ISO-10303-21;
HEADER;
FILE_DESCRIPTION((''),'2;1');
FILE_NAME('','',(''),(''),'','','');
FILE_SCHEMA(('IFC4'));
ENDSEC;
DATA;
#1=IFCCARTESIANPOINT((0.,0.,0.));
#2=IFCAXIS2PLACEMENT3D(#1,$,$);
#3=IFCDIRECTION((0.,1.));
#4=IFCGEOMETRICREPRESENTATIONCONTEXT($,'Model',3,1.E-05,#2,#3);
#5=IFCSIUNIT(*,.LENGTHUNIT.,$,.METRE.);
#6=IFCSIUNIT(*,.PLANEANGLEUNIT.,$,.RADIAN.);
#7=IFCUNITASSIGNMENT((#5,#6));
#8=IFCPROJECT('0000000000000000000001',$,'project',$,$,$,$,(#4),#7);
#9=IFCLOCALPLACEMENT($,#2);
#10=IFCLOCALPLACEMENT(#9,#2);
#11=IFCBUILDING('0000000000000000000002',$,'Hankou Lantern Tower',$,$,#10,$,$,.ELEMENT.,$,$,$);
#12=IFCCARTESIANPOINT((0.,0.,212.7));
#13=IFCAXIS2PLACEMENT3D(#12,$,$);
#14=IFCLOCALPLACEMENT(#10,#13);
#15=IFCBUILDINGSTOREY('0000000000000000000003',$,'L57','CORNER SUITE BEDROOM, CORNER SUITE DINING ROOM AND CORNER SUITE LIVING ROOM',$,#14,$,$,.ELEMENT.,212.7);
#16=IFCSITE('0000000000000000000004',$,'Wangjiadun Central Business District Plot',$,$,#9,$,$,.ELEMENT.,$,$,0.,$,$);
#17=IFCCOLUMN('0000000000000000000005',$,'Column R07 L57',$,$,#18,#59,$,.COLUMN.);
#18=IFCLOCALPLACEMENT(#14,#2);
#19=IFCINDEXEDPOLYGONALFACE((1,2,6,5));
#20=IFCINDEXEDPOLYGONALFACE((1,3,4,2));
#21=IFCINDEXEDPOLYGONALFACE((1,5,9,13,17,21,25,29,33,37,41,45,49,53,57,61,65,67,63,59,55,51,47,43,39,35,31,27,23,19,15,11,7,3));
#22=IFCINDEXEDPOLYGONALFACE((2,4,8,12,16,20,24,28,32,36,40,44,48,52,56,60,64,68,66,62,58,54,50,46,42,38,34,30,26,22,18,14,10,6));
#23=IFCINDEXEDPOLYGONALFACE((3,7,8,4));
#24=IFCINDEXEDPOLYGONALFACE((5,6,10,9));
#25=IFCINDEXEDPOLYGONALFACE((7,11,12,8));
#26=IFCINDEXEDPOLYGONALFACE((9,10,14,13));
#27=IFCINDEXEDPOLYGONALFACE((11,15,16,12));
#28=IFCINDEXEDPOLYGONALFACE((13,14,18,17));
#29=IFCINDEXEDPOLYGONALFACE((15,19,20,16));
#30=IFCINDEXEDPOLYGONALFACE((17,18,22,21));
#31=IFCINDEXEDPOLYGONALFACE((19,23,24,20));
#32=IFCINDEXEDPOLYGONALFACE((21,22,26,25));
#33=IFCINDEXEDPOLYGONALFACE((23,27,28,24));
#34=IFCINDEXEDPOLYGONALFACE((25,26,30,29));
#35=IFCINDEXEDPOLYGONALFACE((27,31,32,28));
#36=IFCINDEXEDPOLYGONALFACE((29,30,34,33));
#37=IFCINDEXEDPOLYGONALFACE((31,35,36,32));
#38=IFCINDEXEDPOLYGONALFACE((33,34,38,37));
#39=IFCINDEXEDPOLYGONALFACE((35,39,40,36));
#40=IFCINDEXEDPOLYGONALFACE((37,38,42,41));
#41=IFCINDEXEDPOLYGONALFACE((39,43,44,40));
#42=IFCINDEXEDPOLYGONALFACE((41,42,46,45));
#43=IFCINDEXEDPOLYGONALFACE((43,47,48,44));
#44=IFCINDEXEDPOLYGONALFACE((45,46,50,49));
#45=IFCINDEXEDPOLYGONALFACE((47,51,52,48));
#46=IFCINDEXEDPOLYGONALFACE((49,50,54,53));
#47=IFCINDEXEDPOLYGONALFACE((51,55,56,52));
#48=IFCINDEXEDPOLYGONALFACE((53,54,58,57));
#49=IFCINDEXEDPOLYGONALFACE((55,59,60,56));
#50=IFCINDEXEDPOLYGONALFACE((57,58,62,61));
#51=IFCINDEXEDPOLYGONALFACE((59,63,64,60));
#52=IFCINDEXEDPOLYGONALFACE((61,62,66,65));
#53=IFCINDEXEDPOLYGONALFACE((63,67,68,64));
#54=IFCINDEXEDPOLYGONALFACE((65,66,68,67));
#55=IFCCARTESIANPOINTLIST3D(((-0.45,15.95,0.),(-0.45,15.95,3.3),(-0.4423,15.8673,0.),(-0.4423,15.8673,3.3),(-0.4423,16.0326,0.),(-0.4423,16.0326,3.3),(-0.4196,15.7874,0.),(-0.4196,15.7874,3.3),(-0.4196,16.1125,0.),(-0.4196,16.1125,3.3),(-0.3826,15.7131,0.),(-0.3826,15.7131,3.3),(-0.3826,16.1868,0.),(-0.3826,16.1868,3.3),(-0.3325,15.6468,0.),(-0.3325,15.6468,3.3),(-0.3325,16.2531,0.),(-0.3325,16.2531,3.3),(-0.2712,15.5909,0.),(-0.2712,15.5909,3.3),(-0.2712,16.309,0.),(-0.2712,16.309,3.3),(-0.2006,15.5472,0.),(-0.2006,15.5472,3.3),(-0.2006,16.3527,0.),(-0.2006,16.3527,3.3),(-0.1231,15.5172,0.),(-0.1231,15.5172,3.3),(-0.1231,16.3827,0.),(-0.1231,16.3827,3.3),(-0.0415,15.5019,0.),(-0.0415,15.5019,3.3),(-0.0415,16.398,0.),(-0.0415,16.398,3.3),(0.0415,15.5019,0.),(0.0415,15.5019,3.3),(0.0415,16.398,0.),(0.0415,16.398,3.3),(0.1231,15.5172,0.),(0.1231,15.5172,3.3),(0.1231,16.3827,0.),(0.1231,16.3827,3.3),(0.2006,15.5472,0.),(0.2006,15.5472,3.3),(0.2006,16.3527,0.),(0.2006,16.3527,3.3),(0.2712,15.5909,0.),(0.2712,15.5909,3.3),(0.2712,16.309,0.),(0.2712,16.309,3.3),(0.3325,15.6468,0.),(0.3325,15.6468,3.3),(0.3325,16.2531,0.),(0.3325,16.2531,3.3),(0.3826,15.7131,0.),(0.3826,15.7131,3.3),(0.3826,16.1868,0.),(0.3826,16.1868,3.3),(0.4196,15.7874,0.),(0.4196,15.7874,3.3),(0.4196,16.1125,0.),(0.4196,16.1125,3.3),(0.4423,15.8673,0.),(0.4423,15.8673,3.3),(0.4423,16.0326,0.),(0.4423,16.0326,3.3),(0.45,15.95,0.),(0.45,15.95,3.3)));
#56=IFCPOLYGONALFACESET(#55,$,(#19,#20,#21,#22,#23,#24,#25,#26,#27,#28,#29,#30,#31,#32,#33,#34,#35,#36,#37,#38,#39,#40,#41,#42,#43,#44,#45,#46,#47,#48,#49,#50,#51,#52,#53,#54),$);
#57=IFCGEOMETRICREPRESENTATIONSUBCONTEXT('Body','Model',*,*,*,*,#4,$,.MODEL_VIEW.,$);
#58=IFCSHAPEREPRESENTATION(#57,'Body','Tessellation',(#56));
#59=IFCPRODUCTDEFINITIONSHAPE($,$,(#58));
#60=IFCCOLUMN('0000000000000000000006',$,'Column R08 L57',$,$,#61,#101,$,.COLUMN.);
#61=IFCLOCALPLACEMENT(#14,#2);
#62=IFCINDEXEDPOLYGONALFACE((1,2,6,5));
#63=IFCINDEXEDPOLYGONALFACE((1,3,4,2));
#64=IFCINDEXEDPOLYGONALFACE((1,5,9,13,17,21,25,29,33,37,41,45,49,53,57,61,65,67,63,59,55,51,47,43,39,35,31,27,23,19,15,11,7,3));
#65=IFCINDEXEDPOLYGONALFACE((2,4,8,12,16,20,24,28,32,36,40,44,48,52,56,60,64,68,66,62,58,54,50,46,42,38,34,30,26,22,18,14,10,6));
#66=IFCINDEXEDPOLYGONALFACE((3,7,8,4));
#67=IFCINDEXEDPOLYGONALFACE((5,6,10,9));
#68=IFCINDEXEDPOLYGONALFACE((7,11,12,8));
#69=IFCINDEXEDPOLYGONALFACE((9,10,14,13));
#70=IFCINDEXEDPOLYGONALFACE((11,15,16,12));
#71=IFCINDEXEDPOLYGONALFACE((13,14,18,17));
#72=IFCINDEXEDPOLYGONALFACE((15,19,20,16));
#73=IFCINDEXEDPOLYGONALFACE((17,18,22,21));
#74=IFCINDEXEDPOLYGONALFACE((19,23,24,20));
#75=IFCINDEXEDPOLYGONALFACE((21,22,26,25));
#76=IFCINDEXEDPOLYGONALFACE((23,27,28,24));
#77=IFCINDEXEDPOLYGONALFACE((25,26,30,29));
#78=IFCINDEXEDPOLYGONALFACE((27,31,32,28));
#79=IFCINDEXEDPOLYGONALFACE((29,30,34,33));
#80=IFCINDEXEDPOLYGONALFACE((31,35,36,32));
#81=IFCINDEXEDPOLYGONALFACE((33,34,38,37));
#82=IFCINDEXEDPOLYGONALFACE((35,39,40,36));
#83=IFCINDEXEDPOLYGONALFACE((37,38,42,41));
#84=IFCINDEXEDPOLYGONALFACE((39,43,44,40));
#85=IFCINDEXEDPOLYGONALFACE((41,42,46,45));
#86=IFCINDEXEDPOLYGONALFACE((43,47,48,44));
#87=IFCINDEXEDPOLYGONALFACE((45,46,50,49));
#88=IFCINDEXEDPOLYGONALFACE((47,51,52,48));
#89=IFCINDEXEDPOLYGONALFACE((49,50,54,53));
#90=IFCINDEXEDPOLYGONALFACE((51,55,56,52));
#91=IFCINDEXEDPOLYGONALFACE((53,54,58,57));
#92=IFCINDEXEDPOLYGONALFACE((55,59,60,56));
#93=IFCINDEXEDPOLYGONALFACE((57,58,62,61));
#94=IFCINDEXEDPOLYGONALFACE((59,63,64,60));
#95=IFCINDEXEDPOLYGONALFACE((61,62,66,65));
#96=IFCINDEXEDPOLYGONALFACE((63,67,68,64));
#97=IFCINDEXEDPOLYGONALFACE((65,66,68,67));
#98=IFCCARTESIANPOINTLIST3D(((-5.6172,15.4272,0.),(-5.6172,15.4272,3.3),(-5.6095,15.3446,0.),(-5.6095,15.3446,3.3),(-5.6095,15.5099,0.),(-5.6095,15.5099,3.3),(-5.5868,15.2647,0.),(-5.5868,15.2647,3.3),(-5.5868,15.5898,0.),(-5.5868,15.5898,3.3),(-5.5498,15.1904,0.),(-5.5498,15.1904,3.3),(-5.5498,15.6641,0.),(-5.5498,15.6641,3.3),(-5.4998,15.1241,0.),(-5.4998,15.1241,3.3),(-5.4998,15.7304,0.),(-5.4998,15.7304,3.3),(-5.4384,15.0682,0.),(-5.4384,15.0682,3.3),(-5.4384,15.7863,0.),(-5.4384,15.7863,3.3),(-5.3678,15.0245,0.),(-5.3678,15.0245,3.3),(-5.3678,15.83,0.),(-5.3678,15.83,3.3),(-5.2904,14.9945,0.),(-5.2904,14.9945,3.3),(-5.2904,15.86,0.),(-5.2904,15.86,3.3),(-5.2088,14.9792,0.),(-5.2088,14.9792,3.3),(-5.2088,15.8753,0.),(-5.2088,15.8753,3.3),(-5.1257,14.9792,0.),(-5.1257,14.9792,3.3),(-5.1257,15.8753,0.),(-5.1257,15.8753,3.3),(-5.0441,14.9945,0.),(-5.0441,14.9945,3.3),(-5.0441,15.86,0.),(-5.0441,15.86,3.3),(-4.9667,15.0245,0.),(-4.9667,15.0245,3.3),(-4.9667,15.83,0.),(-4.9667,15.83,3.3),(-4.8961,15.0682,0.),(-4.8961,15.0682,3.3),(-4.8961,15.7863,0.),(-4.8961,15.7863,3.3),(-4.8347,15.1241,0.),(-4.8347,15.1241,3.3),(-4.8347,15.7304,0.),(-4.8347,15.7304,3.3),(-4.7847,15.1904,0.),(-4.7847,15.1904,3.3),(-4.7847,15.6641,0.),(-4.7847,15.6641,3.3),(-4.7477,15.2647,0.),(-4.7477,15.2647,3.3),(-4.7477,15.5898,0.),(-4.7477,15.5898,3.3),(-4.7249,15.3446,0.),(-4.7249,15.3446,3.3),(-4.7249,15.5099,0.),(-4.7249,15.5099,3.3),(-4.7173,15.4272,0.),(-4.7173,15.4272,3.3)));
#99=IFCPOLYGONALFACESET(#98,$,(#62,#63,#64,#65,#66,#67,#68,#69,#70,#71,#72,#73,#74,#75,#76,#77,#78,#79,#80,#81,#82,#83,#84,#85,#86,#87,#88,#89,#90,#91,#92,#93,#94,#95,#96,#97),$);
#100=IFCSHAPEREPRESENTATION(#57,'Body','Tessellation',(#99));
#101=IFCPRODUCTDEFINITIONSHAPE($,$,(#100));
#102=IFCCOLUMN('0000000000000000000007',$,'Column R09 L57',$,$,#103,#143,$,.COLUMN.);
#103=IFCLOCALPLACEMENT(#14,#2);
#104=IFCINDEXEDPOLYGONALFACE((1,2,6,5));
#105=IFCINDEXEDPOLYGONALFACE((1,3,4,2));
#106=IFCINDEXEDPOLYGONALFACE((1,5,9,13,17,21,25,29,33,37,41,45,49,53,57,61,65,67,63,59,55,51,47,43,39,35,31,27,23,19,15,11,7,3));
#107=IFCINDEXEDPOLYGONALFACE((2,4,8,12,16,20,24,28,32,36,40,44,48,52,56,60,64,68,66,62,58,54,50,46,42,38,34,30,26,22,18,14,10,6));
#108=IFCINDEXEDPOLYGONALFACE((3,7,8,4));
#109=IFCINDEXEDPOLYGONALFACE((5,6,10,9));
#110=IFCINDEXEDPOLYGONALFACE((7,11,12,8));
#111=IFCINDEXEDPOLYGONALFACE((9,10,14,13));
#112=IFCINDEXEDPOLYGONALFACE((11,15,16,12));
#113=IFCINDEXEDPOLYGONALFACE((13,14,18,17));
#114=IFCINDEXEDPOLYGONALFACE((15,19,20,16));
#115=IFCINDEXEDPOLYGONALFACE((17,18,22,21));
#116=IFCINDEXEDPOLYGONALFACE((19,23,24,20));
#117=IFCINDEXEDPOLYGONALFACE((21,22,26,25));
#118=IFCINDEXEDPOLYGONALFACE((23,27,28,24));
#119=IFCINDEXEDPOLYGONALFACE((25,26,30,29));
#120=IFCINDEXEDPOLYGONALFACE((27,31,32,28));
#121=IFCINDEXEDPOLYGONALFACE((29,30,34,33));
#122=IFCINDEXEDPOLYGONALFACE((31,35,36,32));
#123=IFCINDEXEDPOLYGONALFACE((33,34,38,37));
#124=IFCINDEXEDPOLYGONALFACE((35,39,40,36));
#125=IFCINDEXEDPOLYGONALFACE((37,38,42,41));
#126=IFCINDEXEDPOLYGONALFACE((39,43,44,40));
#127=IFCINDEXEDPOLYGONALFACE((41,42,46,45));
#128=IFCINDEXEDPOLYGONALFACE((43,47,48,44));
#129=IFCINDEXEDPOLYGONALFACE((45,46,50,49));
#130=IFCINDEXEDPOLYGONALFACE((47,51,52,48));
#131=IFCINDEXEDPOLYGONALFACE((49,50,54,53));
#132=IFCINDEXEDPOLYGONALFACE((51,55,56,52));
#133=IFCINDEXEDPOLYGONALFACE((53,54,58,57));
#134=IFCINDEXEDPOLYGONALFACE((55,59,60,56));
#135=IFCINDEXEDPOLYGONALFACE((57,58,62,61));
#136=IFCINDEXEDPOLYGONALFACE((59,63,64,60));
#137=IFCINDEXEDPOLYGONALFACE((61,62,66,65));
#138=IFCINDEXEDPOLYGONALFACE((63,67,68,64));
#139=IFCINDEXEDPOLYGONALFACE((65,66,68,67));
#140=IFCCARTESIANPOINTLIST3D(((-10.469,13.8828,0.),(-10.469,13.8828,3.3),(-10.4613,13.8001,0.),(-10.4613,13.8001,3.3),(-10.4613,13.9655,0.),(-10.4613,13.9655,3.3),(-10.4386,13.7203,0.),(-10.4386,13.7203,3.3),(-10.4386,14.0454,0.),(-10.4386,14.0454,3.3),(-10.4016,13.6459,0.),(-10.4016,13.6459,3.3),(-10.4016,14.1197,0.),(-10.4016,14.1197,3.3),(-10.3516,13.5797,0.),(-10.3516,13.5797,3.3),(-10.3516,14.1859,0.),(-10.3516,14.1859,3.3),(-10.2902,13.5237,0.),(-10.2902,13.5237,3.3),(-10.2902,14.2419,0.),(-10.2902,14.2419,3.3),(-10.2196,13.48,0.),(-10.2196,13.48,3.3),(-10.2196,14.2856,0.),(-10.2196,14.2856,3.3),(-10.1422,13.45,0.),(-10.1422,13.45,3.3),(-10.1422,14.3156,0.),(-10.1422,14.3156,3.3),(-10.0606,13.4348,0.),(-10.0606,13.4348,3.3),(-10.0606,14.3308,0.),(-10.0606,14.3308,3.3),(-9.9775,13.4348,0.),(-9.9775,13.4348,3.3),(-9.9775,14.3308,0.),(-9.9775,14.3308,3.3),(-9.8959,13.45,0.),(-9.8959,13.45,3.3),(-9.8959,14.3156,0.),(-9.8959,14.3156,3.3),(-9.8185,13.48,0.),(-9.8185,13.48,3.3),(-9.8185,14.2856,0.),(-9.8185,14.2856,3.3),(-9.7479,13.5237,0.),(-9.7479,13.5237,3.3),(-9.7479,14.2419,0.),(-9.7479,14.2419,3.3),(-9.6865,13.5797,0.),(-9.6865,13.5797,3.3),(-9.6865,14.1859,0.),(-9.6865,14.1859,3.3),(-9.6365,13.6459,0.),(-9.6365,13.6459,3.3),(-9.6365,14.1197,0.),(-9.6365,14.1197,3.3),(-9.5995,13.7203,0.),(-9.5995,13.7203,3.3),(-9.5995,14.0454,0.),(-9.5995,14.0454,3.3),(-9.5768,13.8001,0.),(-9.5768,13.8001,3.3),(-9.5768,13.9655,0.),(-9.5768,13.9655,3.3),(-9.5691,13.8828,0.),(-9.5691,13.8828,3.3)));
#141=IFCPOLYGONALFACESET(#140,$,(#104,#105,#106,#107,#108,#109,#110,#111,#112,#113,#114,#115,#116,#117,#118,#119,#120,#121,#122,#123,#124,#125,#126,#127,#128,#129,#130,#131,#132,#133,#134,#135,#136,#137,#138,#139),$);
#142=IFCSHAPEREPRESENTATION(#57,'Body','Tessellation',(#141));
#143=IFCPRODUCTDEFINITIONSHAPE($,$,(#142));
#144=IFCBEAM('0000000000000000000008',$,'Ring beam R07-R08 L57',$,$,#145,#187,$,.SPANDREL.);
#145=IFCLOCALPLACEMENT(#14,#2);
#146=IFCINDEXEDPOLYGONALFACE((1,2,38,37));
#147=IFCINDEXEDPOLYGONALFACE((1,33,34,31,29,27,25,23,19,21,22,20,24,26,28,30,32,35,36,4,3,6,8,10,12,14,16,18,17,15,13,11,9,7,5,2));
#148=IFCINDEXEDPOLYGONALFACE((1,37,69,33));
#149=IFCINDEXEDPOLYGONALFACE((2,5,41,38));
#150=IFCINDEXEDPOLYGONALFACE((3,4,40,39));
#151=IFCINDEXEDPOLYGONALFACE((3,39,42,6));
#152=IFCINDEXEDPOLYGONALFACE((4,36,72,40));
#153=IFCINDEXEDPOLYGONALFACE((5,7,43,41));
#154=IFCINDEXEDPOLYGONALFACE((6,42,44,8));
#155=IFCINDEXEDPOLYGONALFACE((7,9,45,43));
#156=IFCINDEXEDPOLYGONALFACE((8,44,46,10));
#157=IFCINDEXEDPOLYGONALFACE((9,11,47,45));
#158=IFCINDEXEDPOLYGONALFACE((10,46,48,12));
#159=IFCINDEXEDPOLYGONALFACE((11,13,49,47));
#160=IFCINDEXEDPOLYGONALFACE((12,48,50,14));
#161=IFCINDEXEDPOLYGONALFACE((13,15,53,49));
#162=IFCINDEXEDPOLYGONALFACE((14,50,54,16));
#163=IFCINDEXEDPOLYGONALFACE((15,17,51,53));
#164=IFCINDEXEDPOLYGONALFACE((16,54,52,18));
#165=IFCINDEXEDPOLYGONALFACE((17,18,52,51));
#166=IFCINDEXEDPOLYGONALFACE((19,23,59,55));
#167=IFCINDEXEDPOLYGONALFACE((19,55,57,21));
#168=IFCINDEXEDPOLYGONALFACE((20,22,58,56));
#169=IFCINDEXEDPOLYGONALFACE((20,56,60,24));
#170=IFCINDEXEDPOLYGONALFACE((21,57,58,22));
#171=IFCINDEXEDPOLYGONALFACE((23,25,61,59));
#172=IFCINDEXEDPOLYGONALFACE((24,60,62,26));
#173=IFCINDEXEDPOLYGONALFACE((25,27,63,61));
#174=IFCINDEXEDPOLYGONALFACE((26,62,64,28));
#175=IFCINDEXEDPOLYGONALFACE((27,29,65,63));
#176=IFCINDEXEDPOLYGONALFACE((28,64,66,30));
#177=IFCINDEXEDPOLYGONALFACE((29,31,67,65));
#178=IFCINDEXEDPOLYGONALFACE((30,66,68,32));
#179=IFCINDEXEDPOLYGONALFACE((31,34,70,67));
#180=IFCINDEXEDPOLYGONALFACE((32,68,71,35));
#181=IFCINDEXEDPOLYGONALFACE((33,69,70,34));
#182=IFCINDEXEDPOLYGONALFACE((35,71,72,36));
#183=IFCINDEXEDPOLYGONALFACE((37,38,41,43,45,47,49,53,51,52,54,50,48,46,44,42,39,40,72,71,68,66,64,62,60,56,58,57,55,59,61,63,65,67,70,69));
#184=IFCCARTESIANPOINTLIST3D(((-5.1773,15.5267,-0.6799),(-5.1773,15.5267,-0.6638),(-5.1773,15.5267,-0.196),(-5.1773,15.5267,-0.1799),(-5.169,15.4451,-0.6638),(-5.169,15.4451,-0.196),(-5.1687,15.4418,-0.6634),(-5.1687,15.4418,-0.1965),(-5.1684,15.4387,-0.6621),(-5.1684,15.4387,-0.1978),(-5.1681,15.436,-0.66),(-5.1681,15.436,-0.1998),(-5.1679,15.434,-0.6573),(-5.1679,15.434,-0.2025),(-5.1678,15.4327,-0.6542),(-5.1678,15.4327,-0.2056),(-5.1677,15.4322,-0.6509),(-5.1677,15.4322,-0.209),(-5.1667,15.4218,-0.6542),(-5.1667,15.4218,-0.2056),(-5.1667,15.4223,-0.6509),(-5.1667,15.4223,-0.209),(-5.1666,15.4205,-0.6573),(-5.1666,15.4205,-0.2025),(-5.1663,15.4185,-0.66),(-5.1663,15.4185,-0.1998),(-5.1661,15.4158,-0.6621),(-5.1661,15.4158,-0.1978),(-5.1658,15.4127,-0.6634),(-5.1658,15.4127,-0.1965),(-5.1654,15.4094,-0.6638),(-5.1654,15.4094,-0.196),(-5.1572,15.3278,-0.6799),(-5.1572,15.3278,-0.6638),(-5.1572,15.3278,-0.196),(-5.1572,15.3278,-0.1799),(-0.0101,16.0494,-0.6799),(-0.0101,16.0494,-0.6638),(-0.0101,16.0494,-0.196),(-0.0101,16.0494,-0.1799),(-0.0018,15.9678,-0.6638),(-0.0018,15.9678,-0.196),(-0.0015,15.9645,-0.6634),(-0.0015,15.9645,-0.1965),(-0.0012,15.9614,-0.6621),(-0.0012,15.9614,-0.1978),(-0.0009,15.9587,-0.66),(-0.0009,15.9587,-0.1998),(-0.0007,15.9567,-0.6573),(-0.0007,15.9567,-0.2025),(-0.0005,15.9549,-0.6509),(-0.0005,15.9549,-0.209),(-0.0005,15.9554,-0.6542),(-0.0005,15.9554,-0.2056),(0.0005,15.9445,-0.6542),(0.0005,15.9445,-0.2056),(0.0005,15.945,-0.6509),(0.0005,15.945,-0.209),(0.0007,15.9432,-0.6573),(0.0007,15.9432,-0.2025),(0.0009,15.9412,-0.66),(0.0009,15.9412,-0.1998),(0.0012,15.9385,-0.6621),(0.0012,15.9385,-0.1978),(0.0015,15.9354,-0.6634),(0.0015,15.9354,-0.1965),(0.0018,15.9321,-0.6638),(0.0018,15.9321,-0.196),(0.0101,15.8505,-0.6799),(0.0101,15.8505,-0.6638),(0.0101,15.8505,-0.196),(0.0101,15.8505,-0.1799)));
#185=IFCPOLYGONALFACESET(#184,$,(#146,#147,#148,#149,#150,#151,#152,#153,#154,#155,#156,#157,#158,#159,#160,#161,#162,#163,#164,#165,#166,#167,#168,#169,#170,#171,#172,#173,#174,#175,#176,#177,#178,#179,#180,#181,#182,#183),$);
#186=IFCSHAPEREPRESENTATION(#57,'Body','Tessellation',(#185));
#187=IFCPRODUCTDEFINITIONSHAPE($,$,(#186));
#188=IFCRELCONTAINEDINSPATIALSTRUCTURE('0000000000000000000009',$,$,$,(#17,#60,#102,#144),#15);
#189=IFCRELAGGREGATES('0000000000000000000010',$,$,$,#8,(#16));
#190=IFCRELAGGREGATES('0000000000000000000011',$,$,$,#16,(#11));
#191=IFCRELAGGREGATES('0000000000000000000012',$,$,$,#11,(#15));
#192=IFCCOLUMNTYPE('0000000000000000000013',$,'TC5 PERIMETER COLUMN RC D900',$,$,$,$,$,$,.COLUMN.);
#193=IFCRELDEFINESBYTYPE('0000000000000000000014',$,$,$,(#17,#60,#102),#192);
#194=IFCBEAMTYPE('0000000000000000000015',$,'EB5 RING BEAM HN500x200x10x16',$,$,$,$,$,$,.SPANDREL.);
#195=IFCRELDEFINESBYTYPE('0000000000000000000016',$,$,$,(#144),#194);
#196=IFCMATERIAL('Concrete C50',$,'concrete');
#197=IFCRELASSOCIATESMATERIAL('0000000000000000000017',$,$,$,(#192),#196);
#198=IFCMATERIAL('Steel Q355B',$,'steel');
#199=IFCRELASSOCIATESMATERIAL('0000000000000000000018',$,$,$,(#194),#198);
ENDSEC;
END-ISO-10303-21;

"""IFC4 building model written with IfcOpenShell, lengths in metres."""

from ifc_helpers import new_model, si_unit, direction, frame, origin, origin_2d, place, context, subcontext, project, spatial, circle, i_section, extrude, material, material_profile, profile_set, type_object, element, save


model = new_model("IFC4")

# Units and contexts
model_context = context("Model", 3, precision=1e-05, world=origin(), true_north=direction((0.0, 1.0)))
body_context = subcontext(model_context, "Body", "Model", "MODEL_VIEW")
ifc_project = project(units=[si_unit("LENGTHUNIT", "METRE"), si_unit("PLANEANGLEUNIT", "RADIAN")], contexts=[model_context])

# Site, building, storey
site_placement = place(None, origin())
site = spatial("IfcSite", under=ifc_project, at=site_placement, Name="Wangjiadun Central Business District Plot", CompositionType="ELEMENT", RefElevation=0.0)
building_placement = place(site_placement, origin())
building = spatial("IfcBuilding", under=site, at=building_placement, Name="Hankou Lantern Tower", CompositionType="ELEMENT")
storey_placement = place(building_placement, frame((0.0, 0.0, 212.7)))
storey = spatial("IfcBuildingStorey", under=building, at=storey_placement, Name="L57", Description="CORNER SUITE BEDROOM, CORNER SUITE DINING ROOM AND CORNER SUITE LIVING ROOM", CompositionType="ELEMENT", Elevation=212.7)

# Columns
ifc_material_1 = material(Name="Concrete C50", Category="concrete")
ifc_material_profile_1 = material_profile(ifc_material_1, circle(Radius=0.45, at=origin_2d()), Name="RC D900")
ifc_profile_set_1 = profile_set([ifc_material_profile_1], Name="Concrete C50")
column_type = type_object("IfcColumnType", Name="TC5 PERIMETER COLUMN RC D900", PredefinedType="COLUMN", material=ifc_profile_set_1)
for number, where, z_axis, x_axis, name in (
    (1, (0.0, 15.95, 0.0), (0.0, 0.0, 1.0), (1.0, 0.0, 0.0), "Column R07 L57"),
    (2, (-5.1672, 15.4272, 0.0), (0.0, 0.0, 1.0), (1.0, 0.0, 0.0), "Column R08 L57"),
    (3, (-10.019, 13.8828, 0.0), (0.0, 0.0, 1.0), (1.0, 0.0, 0.0), "Column R09 L57"),
):
    element("IfcColumn", number, at=place(storey_placement, frame(where, z_axis=z_axis, x_axis=x_axis)), inside=storey, type_object=column_type, Name=name, PredefinedType="COLUMN", context=body_context, shape_type="SweptSolid", body=[
        extrude(circle(Radius=0.45, at=origin_2d()), origin(), (0.0, 0.0, 1.0), 3.3),
    ])

# Beam
ifc_material_2 = material(Name="Steel Q355B", Category="steel")
ifc_material_profile_2 = material_profile(ifc_material_2, i_section(OverallWidth=0.2, OverallDepth=0.5, WebThickness=0.01, FlangeThickness=0.0161, FilletRadius=0.0129, at=origin_2d()), Name="HN500x200x10x16")
ifc_profile_set_2 = profile_set([ifc_material_profile_2], Name="Steel Q355B")
beam_type_1 = type_object("IfcBeamType", Name="EB5 RING BEAM HN500x200x10x16", PredefinedType="SPANDREL", material=ifc_profile_set_2)
beam_1_placement = place(storey_placement, frame((0.0, 15.95, -0.4299), z_axis=(-0.994923, -0.100644, 0.0), x_axis=(0.100644, -0.994923, 0.0)))
element("IfcBeam", 4, at=beam_1_placement, inside=storey, type_object=beam_type_1, Name="Ring beam R07-R08 L57", PredefinedType="SPANDREL", context=body_context, shape_type="SweptSolid", body=[
    extrude(i_section(OverallWidth=0.2, OverallDepth=0.5, WebThickness=0.01, FlangeThickness=0.0161, FilletRadius=0.0129, at=origin_2d()), origin(), (0.0, 0.0, 1.0), 5.1936),
])

save(model, "model.ifc")
